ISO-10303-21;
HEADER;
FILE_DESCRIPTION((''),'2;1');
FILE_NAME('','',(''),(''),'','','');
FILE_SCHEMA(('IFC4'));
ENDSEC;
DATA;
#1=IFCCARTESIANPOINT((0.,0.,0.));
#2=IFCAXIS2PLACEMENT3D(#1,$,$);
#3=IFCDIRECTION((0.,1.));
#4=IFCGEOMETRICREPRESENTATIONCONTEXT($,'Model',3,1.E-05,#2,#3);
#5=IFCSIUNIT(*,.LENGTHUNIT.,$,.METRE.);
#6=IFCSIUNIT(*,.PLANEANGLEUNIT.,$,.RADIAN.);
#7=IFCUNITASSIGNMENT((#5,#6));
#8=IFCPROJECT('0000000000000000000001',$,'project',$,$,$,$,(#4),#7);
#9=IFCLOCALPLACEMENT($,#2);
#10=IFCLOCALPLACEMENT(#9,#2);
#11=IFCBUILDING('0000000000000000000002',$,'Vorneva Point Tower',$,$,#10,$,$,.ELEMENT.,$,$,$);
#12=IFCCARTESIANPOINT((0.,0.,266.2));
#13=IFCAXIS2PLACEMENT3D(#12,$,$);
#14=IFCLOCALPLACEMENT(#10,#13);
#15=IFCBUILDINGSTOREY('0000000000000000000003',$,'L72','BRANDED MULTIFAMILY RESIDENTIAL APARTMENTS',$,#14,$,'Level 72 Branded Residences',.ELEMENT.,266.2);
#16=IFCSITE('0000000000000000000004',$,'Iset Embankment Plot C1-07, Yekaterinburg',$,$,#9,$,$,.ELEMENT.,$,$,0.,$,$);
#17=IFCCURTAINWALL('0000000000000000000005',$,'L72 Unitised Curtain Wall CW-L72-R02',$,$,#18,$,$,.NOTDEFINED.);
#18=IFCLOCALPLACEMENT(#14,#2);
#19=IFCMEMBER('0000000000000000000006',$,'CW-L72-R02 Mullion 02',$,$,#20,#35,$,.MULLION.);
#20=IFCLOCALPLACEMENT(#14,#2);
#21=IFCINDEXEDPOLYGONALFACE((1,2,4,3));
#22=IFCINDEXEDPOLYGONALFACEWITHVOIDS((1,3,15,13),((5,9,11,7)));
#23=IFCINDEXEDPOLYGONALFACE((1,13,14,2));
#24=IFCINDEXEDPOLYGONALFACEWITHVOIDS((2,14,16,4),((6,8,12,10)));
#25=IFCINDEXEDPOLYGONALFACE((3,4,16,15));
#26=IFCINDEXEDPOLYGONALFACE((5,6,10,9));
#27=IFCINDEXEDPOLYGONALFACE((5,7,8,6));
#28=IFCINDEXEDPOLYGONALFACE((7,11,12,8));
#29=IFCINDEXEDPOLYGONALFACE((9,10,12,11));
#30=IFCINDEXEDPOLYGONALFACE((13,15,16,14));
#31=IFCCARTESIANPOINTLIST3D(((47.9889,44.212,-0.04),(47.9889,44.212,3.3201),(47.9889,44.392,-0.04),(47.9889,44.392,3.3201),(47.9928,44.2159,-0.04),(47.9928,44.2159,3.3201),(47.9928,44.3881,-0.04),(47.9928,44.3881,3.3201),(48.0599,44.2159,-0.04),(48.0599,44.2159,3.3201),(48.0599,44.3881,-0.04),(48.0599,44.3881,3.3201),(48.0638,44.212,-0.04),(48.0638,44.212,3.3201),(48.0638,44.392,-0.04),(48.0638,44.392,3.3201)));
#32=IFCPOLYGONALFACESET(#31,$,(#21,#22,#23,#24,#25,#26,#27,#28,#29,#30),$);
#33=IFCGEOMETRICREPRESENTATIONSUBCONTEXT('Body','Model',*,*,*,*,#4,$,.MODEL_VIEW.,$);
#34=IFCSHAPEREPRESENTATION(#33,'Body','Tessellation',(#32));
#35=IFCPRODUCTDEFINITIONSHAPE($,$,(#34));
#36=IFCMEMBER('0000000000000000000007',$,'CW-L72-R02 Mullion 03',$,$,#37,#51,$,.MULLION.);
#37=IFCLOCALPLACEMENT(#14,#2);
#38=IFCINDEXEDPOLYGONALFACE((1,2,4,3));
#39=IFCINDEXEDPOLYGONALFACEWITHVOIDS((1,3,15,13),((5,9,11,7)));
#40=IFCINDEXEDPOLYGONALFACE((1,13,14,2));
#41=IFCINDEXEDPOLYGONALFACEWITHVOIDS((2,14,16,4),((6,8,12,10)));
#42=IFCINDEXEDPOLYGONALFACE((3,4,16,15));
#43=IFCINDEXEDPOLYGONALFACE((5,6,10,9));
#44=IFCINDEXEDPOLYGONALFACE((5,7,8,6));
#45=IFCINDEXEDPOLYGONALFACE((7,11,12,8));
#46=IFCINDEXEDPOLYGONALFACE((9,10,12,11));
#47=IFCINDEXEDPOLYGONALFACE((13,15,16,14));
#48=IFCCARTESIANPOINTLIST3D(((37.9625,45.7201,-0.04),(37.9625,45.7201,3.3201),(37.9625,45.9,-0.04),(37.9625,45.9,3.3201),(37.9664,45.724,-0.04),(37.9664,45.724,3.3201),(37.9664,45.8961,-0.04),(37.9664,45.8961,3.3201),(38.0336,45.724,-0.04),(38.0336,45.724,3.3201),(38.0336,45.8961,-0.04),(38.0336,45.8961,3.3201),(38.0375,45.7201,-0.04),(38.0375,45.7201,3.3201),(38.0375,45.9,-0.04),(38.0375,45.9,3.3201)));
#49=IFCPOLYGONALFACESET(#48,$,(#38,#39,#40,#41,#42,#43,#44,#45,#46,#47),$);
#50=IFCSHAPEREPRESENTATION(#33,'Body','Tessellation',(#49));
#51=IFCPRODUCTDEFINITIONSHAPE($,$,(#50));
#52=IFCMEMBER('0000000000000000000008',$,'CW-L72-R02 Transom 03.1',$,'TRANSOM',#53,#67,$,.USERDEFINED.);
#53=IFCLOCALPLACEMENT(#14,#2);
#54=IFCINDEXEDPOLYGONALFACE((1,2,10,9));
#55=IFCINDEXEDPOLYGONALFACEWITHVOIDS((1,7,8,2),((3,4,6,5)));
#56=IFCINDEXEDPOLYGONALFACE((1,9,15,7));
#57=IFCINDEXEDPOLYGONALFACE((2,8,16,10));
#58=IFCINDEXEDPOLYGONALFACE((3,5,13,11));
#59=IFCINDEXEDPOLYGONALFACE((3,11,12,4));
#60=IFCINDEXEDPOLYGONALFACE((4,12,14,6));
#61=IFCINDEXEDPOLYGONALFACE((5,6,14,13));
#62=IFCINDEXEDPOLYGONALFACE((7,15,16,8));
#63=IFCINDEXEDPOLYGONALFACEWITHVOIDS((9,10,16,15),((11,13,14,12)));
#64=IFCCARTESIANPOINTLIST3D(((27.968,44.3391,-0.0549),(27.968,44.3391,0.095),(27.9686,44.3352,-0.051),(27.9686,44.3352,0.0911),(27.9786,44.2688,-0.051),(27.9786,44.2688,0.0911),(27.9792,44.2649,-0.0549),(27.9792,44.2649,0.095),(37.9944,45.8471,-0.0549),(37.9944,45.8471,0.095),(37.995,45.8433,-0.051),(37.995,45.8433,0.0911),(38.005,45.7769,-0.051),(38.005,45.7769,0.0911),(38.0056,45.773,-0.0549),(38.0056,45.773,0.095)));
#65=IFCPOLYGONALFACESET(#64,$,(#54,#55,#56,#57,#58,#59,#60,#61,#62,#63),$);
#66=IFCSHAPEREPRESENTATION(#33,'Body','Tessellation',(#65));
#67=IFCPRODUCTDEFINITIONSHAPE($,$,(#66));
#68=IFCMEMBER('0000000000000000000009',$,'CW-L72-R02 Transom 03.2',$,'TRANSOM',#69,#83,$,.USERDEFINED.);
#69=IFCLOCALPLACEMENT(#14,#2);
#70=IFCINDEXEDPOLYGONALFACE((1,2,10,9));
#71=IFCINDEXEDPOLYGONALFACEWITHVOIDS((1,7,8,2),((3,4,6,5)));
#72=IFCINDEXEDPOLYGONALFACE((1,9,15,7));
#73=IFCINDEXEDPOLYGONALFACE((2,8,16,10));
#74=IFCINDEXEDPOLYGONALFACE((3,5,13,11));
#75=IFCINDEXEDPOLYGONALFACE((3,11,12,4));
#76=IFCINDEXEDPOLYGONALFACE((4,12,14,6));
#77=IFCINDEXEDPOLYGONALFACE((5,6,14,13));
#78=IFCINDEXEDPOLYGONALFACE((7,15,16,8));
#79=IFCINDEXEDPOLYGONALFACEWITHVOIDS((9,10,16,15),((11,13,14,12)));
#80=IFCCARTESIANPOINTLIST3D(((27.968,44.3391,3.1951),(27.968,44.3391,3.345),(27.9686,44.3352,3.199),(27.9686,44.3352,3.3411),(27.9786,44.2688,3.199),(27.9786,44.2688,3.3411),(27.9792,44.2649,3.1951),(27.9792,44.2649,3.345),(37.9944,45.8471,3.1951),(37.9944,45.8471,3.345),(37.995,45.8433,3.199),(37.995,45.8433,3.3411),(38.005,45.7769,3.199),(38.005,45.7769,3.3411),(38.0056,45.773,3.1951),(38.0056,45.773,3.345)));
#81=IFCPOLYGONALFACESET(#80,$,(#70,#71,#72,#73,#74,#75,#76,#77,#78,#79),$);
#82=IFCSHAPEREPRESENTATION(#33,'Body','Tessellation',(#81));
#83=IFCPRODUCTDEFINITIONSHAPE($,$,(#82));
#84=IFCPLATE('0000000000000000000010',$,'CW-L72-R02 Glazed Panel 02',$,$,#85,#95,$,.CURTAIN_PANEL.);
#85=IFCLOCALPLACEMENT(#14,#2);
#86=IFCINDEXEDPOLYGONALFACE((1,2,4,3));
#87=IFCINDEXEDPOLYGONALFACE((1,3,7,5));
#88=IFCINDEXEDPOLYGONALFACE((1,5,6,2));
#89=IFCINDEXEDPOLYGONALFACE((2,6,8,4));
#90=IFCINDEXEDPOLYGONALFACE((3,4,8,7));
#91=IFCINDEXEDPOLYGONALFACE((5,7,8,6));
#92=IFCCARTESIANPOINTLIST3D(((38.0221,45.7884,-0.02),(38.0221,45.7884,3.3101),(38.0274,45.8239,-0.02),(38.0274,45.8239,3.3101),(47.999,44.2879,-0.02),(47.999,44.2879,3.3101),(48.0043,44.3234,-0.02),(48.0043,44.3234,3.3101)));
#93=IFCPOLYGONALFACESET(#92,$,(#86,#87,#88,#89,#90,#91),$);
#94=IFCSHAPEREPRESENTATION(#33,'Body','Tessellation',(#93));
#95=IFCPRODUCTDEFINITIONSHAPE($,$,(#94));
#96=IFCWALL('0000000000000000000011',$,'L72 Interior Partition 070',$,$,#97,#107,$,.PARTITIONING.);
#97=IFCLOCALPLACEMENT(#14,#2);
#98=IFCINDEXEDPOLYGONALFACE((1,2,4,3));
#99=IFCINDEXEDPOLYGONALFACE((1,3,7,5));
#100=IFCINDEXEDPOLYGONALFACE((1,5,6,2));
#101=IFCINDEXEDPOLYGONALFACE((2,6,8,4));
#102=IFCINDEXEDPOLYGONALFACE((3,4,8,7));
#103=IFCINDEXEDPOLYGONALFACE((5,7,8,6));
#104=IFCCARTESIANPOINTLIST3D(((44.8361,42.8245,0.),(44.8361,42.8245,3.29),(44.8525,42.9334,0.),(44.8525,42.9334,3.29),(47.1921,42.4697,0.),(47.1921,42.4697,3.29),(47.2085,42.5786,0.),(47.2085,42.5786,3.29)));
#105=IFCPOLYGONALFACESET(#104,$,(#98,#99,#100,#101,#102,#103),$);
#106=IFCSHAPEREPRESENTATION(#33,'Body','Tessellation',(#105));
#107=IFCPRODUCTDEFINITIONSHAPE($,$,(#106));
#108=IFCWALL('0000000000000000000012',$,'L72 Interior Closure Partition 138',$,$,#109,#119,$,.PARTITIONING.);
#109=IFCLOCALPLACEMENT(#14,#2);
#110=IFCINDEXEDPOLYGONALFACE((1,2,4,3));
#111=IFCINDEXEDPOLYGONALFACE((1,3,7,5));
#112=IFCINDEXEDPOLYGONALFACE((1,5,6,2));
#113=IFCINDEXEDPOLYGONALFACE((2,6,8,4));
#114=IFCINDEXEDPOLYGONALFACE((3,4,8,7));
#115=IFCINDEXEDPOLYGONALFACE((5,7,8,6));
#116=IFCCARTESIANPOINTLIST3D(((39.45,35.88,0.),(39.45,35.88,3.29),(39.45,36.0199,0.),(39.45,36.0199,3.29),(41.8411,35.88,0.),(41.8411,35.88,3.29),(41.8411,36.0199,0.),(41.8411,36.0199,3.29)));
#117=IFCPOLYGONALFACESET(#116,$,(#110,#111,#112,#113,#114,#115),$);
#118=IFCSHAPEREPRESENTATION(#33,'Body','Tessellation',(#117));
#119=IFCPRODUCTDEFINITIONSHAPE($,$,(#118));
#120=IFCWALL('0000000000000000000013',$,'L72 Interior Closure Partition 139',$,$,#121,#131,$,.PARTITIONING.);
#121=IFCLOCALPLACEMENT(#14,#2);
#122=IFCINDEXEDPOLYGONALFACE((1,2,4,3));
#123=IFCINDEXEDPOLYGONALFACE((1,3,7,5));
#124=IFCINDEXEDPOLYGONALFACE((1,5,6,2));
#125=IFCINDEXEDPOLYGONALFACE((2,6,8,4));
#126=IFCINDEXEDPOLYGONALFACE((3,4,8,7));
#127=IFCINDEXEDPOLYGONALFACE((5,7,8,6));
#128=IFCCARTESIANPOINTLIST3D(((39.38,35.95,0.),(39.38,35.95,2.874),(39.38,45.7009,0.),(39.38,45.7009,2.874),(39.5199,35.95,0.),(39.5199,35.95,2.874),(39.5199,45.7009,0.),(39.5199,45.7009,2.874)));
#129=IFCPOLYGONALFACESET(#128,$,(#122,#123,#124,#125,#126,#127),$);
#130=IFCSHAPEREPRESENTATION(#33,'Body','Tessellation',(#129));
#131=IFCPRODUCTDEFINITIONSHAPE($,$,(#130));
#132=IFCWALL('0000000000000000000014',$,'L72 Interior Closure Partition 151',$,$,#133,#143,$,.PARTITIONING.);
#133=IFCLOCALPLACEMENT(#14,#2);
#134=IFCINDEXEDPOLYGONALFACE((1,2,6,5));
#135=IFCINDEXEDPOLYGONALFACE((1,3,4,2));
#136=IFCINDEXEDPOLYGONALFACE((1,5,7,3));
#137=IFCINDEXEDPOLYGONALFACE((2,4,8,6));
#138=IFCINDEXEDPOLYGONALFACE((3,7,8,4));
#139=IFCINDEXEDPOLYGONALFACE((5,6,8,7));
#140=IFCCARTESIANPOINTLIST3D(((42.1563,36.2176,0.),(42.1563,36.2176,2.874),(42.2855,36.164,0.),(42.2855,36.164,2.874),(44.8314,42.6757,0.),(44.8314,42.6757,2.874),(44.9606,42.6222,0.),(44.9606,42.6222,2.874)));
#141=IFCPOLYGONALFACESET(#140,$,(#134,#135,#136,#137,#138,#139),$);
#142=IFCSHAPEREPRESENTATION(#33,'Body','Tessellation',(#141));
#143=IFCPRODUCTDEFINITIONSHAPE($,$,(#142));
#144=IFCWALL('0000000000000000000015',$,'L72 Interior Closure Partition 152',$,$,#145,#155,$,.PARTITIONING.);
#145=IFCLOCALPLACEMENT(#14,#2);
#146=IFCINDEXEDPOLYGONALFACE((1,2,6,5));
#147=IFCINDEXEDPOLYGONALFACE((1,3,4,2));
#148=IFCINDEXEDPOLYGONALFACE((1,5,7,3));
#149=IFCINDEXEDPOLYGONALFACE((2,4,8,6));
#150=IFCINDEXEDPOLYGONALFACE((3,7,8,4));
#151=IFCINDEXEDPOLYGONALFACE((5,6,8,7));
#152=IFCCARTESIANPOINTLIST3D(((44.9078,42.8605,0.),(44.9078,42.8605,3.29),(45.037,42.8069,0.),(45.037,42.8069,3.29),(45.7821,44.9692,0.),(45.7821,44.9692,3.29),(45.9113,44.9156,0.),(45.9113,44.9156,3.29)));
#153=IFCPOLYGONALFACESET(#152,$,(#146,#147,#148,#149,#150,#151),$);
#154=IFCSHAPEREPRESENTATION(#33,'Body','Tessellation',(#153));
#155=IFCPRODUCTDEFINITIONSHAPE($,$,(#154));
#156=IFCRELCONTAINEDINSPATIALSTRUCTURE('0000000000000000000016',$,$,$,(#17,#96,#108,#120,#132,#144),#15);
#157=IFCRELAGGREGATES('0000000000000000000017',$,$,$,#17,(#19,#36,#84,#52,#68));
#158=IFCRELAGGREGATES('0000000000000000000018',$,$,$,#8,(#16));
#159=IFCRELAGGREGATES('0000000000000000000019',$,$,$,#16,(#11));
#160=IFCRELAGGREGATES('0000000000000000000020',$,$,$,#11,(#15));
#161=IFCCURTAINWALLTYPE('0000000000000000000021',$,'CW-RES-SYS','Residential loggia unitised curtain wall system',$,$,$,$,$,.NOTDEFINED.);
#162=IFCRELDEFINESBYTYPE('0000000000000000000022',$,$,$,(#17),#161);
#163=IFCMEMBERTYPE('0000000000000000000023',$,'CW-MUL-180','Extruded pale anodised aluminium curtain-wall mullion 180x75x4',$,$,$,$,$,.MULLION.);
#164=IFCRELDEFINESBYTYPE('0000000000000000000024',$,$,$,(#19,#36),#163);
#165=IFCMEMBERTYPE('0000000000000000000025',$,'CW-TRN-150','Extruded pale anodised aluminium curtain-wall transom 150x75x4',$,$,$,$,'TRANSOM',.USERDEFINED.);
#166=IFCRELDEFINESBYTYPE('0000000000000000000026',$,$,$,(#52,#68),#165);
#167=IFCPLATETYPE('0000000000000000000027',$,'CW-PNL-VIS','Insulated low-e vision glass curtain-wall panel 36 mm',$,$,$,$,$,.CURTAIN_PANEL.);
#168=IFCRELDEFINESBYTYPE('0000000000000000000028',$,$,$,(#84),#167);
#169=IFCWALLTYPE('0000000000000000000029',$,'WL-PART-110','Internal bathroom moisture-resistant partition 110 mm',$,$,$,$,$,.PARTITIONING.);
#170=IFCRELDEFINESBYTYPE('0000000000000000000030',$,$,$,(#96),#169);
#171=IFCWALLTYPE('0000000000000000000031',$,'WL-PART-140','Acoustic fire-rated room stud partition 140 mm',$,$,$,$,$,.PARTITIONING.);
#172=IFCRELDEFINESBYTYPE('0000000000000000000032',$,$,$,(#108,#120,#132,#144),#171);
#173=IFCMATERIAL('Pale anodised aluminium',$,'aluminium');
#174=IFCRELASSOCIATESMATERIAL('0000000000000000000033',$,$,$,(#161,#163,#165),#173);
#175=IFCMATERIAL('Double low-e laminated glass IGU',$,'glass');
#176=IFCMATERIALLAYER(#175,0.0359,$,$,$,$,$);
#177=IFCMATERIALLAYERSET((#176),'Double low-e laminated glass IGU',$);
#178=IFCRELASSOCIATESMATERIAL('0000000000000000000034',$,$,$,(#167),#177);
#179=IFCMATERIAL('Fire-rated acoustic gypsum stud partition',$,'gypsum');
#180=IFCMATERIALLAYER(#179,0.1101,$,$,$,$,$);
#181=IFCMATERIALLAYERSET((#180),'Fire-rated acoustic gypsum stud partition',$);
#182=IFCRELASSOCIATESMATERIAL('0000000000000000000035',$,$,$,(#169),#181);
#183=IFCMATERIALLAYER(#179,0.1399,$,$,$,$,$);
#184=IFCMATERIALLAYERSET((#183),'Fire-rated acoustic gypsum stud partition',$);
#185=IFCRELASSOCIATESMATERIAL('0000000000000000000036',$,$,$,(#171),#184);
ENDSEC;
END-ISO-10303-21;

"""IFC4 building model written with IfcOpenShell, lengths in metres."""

from ifc_helpers import new_model, si_unit, direction, frame, frame_2d, origin, origin_2d, place, context, subcontext, project, spatial, rectangle, hollow_rectangle, extrude, material, layer, layer_set, material_profile, profile_set, type_object, element, aggregate, save


model = new_model("IFC4")

# Units and contexts
model_context = context("Model", 3, precision=1e-05, world=origin(), true_north=direction((0.0, 1.0)))
body_context = subcontext(model_context, "Body", "Model", "MODEL_VIEW")
ifc_project = project(units=[si_unit("LENGTHUNIT", "METRE"), si_unit("PLANEANGLEUNIT", "RADIAN")], contexts=[model_context])

# Site, building, storey
site_placement = place(None, origin())
site = spatial("IfcSite", under=ifc_project, at=site_placement, Name="Iset Embankment Plot C1-07, Yekaterinburg", CompositionType="ELEMENT", RefElevation=0.0)
building_placement = place(site_placement, origin())
building = spatial("IfcBuilding", under=site, at=building_placement, Name="Vorneva Point Tower", CompositionType="ELEMENT")
storey_placement = place(building_placement, frame((0.0, 0.0, 266.2)))
storey = spatial("IfcBuildingStorey", under=building, at=storey_placement, Name="L72", Description="BRANDED MULTIFAMILY RESIDENTIAL APARTMENTS", LongName="Level 72 Branded Residences", CompositionType="ELEMENT", Elevation=266.2)

# Curtain wall, members, plate
ifc_material_1 = material(Name="Pale anodised aluminium", Category="aluminium")
curtain_wall_type = type_object("IfcCurtainWallType", Name="CW-RES-SYS", Description="Residential loggia unitised curtain wall system", PredefinedType="NOTDEFINED", material=ifc_material_1)
curtain_wall_placement = place(storey_placement, origin())
curtain_wall = element("IfcCurtainWall", 1, at=curtain_wall_placement, inside=storey, type_object=curtain_wall_type, Name="L72 Unitised Curtain Wall CW-L72-R02", PredefinedType="NOTDEFINED")
ifc_material_profile_1 = material_profile(ifc_material_1, hollow_rectangle(XDim=0.075, YDim=0.1799, WallThickness=0.0039, at=origin_2d()), Name="AL-MUL 180x75x4")
ifc_profile_set_1 = profile_set([ifc_material_profile_1], Name="Pale anodised aluminium")
member_type_1 = type_object("IfcMemberType", Name="CW-MUL-180", Description="Extruded pale anodised aluminium curtain-wall mullion 180x75x4", PredefinedType="MULLION", material=ifc_profile_set_1)
member_1_placement = place(storey_placement, frame((48.0264, 44.302, -0.04), z_axis=(0.0, 0.0, 1.0), x_axis=(1.0, 0.0, 0.0)))
member_1 = element("IfcMember", 2, at=member_1_placement, type_object=member_type_1, Name="CW-L72-R02 Mullion 02", PredefinedType="MULLION", context=body_context, shape_type="SweptSolid", body=[
    extrude(hollow_rectangle(XDim=0.075, YDim=0.1799, WallThickness=0.0039, at=origin_2d()), origin(), (0.0, 0.0, 1.0), 3.3601),
])
member_2_placement = place(storey_placement, frame((38.0, 45.8101, -0.04), z_axis=(0.0, 0.0, 1.0), x_axis=(1.0, 0.0, 0.0)))
member_2 = element("IfcMember", 3, at=member_2_placement, type_object=member_type_1, Name="CW-L72-R02 Mullion 03", PredefinedType="MULLION", context=body_context, shape_type="SweptSolid", body=[
    extrude(hollow_rectangle(XDim=0.075, YDim=0.1799, WallThickness=0.0039, at=origin_2d()), origin(), (0.0, 0.0, 1.0), 3.3601),
])
ifc_material_profile_2 = material_profile(ifc_material_1, hollow_rectangle(XDim=0.075, YDim=0.1499, WallThickness=0.0039, at=origin_2d()), Name="AL-TRN 150x75x4")
ifc_profile_set_2 = profile_set([ifc_material_profile_2], Name="Pale anodised aluminium")
member_type_2 = type_object("IfcMemberType", Name="CW-TRN-150", Description="Extruded pale anodised aluminium curtain-wall transom 150x75x4", ElementType="TRANSOM", PredefinedType="USERDEFINED", material=ifc_profile_set_2)
member_3_placement = place(storey_placement, frame((38.0, 45.8101, 0.02), z_axis=(-0.988877, -0.148736, 0.0), x_axis=(0.148736, -0.988877, 0.0)))
member_3 = element("IfcMember", 4, at=member_3_placement, type_object=member_type_2, Name="CW-L72-R02 Transom 03.1", ObjectType="TRANSOM", PredefinedType="USERDEFINED", context=body_context, shape_type="SweptSolid", body=[
    extrude(hollow_rectangle(XDim=0.075, YDim=0.1499, WallThickness=0.0039, at=origin_2d()), origin(), (0.0, 0.0, 1.0), 10.1392),
])
member_4_placement = place(storey_placement, frame((38.0, 45.8101, 3.27), z_axis=(-0.988877, -0.148736, 0.0), x_axis=(0.148736, -0.988877, 0.0)))
member_4 = element("IfcMember", 5, at=member_4_placement, type_object=member_type_2, Name="CW-L72-R02 Transom 03.2", ObjectType="TRANSOM", PredefinedType="USERDEFINED", context=body_context, shape_type="SweptSolid", body=[
    extrude(hollow_rectangle(XDim=0.075, YDim=0.1499, WallThickness=0.0039, at=origin_2d()), origin(), (0.0, 0.0, 1.0), 10.1392),
])
ifc_material_2 = material(Name="Double low-e laminated glass IGU", Category="glass")
ifc_layer_1 = layer(ifc_material_2, 0.0359)
ifc_layer_set_1 = layer_set([ifc_layer_1], Name="Double low-e laminated glass IGU")
plate_type = type_object("IfcPlateType", Name="CW-PNL-VIS", Description="Insulated low-e vision glass curtain-wall panel 36 mm", PredefinedType="CURTAIN_PANEL", material=ifc_layer_set_1)
plate_placement = place(storey_placement, frame((43.0132, 45.0559, -0.02), z_axis=(0.0, 0.0, 1.0), x_axis=(-0.988879, 0.148724, 0.0)))
plate = element("IfcPlate", 6, at=plate_placement, type_object=plate_type, Name="CW-L72-R02 Glazed Panel 02", PredefinedType="CURTAIN_PANEL", context=body_context, shape_type="SweptSolid", body=[
    extrude(rectangle(XDim=10.0891, YDim=0.0359, at=origin_2d()), origin(), (0.0, 0.0, 1.0), 3.3301),
])
aggregate(curtain_wall, [member_1, member_2, plate, member_3, member_4])

# Walls
ifc_material_3 = material(Name="Fire-rated acoustic gypsum stud partition", Category="gypsum")
ifc_layer_2 = layer(ifc_material_3, 0.1101)
ifc_layer_set_2 = layer_set([ifc_layer_2], Name="Fire-rated acoustic gypsum stud partition")
wall_type_1 = type_object("IfcWallType", Name="WL-PART-110", Description="Internal bathroom moisture-resistant partition 110 mm", PredefinedType="PARTITIONING", material=ifc_layer_set_2)
wall_1_placement = place(storey_placement, frame((47.2004, 42.5242, 0.0), z_axis=(0.0, 0.0, 1.0), x_axis=(-0.988854, 0.148892, 0.0)))
element("IfcWall", 7, at=wall_1_placement, inside=storey, type_object=wall_type_1, Name="L72 Interior Partition 070", PredefinedType="PARTITIONING", context=body_context, shape_type="SweptSolid", body=[
    extrude(rectangle(XDim=2.3826, YDim=0.1101, at=frame_2d((1.1914, 0.0))), origin(), (0.0, 0.0, 1.0), 3.29),
])
ifc_layer_3 = layer(ifc_material_3, 0.1399)
ifc_layer_set_3 = layer_set([ifc_layer_3], Name="Fire-rated acoustic gypsum stud partition")
wall_type_2 = type_object("IfcWallType", Name="WL-PART-140", Description="Acoustic fire-rated room stud partition 140 mm", PredefinedType="PARTITIONING", material=ifc_layer_set_3)
wall_2_placement = place(storey_placement, frame((41.8411, 35.95, 0.0), z_axis=(0.0, 0.0, 1.0), x_axis=(-1.0, 0.0, 0.0)))
element("IfcWall", 8, at=wall_2_placement, inside=storey, type_object=wall_type_2, Name="L72 Interior Closure Partition 138", PredefinedType="PARTITIONING", context=body_context, shape_type="SweptSolid", body=[
    extrude(rectangle(XDim=2.3911, YDim=0.1399, at=frame_2d((1.1956, 0.0))), origin(), (0.0, 0.0, 1.0), 3.29),
])
wall_3_placement = place(storey_placement, frame((39.45, 35.95, 0.0), z_axis=(0.0, 0.0, 1.0), x_axis=(0.0, 1.0, 0.0)))
element("IfcWall", 9, at=wall_3_placement, inside=storey, type_object=wall_type_2, Name="L72 Interior Closure Partition 139", PredefinedType="PARTITIONING", context=body_context, shape_type="SweptSolid", body=[
    extrude(rectangle(XDim=9.751, YDim=0.1399, at=frame_2d((4.8755, 0.0))), origin(), (0.0, 0.0, 1.0), 2.874),
])
wall_4_placement = place(storey_placement, frame((44.896, 42.6489, 0.0), z_axis=(0.0, 0.0, 1.0), x_axis=(-0.38269, -0.923877, 0.0)))
element("IfcWall", 10, at=wall_4_placement, inside=storey, type_object=wall_type_2, Name="L72 Interior Closure Partition 151", PredefinedType="PARTITIONING", context=body_context, shape_type="SweptSolid", body=[
    extrude(rectangle(XDim=6.9902, YDim=0.1399, at=frame_2d((3.4951, 0.0))), origin(), (0.0, 0.0, 1.0), 2.874),
])
wall_5_placement = place(storey_placement, frame((45.8467, 44.9424, 0.0), z_axis=(0.0, 0.0, 1.0), x_axis=(-0.382997, -0.923749, 0.0)))
element("IfcWall", 11, at=wall_5_placement, inside=storey, type_object=wall_type_2, Name="L72 Interior Closure Partition 152", PredefinedType="PARTITIONING", context=body_context, shape_type="SweptSolid", body=[
    extrude(rectangle(XDim=2.2827, YDim=0.1399, at=frame_2d((1.1414, 0.0))), origin(), (0.0, 0.0, 1.0), 3.29),
])

save(model, "model.ifc")
